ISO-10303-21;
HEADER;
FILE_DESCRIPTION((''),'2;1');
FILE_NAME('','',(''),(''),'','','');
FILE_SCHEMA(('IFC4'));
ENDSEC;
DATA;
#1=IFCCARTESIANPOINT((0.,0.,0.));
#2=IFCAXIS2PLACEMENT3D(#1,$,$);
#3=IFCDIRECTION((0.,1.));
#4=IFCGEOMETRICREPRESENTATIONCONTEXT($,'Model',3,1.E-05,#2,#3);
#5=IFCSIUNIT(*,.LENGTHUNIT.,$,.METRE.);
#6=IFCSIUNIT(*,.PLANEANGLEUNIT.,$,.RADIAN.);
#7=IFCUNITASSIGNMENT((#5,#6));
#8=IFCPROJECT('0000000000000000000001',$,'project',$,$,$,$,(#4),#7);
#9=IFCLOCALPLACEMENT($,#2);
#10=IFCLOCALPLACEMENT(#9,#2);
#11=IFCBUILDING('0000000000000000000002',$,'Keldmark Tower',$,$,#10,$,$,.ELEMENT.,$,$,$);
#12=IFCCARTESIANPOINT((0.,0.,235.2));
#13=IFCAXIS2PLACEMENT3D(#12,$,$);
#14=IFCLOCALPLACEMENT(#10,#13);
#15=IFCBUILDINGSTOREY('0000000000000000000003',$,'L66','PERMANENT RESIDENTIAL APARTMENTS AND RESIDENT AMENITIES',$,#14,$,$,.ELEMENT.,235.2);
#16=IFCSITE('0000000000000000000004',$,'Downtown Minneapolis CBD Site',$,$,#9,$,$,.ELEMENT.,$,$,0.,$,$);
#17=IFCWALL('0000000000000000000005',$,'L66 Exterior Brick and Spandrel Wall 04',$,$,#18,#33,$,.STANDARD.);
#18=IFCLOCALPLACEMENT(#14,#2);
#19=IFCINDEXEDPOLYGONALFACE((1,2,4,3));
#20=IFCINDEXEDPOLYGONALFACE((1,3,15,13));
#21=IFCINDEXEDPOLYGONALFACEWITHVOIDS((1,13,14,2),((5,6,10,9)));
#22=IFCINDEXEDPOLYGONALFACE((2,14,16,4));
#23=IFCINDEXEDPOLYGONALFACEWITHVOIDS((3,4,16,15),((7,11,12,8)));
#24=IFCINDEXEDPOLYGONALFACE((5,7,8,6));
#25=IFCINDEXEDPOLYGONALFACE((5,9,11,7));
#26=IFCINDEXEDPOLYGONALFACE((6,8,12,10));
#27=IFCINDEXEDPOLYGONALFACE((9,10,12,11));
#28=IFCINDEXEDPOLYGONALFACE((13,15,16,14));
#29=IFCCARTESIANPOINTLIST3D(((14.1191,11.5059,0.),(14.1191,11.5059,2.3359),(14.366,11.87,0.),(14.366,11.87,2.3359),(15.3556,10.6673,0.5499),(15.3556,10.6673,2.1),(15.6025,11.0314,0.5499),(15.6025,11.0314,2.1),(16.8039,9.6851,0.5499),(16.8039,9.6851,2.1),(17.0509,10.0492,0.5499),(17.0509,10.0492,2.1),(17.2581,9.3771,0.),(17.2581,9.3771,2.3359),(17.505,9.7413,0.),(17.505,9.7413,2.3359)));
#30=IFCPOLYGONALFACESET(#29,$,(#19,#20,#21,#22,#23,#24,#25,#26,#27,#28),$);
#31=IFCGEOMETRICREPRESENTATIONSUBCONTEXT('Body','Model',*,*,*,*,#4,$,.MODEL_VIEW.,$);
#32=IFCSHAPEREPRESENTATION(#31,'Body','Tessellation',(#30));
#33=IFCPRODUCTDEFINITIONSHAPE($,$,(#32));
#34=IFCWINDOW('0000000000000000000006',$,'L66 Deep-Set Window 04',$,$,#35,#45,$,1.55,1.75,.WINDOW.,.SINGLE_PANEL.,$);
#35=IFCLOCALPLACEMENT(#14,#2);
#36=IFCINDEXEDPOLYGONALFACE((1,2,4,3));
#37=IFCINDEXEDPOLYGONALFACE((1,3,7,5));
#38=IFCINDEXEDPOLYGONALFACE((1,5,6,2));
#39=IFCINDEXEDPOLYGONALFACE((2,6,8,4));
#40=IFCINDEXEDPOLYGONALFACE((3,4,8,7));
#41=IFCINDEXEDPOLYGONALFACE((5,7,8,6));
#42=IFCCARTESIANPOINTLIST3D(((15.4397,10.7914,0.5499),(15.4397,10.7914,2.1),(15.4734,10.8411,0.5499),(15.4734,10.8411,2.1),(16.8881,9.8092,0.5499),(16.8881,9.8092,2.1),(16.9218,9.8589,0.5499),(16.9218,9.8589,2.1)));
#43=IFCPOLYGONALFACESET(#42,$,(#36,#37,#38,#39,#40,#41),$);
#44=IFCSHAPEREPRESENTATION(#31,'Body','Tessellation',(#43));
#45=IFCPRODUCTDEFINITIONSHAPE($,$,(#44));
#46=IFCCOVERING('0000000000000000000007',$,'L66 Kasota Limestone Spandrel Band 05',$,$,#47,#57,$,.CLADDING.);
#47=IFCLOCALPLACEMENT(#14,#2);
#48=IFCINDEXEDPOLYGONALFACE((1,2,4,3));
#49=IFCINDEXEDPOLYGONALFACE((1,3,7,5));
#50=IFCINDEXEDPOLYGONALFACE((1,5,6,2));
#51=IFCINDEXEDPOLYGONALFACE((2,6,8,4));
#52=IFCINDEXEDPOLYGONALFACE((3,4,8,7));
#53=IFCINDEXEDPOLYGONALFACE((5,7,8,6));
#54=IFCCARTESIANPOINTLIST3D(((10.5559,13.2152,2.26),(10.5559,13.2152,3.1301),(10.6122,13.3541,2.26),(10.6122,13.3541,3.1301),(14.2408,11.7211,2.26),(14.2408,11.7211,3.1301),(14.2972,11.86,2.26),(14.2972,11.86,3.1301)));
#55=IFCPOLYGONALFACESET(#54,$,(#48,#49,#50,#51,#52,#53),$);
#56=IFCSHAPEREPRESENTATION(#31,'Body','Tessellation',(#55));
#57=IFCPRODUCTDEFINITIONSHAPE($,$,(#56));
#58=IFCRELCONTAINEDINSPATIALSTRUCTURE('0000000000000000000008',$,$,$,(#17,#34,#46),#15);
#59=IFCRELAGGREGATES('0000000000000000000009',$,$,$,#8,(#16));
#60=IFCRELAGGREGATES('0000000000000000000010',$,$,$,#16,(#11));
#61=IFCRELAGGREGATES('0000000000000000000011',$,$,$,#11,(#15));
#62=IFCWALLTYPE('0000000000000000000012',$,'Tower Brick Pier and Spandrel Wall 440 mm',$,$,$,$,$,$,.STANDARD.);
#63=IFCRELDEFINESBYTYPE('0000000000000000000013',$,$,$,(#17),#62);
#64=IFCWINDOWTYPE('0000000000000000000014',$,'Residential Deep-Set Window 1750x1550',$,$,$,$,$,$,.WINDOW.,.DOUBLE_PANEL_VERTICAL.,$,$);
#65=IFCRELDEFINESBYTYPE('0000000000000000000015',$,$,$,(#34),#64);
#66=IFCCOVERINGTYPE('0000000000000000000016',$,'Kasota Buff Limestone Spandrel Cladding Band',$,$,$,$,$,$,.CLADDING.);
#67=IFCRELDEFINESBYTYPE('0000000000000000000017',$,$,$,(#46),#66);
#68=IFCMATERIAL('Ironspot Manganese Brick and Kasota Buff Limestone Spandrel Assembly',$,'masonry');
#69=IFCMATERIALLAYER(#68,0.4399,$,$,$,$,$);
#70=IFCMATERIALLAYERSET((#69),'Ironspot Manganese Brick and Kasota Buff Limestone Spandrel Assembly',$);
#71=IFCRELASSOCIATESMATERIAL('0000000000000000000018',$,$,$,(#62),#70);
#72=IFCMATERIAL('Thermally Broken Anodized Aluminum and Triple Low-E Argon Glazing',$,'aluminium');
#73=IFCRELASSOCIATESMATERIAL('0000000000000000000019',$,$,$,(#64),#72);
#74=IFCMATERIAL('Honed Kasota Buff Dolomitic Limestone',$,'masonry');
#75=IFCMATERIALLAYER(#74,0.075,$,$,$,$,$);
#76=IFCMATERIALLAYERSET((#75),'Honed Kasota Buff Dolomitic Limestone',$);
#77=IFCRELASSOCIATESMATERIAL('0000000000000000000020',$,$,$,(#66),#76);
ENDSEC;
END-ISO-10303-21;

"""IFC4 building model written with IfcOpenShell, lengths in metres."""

from ifc_helpers import new_model, si_unit, direction, frame, frame_2d, origin, origin_2d, place, context, subcontext, project, spatial, rectangle, extrude, material, layer, layer_set, type_object, element, fill, save


model = new_model("IFC4")

# Units and contexts
model_context = context("Model", 3, precision=1e-05, world=origin(), true_north=direction((0.0, 1.0)))
body_context = subcontext(model_context, "Body", "Model", "MODEL_VIEW")
ifc_project = project(units=[si_unit("LENGTHUNIT", "METRE"), si_unit("PLANEANGLEUNIT", "RADIAN")], contexts=[model_context])

# Site, building, storey
site_placement = place(None, origin())
site = spatial("IfcSite", under=ifc_project, at=site_placement, Name="Downtown Minneapolis CBD Site", CompositionType="ELEMENT", RefElevation=0.0)
building_placement = place(site_placement, origin())
building = spatial("IfcBuilding", under=site, at=building_placement, Name="Keldmark Tower", CompositionType="ELEMENT")
storey_placement = place(building_placement, frame((0.0, 0.0, 235.2)))
storey = spatial("IfcBuildingStorey", under=building, at=storey_placement, Name="L66", Description="PERMANENT RESIDENTIAL APARTMENTS AND RESIDENT AMENITIES", CompositionType="ELEMENT", Elevation=235.2)

# Wall, opening, window
ifc_material_1 = material(Name="Ironspot Manganese Brick and Kasota Buff Limestone Spandrel Assembly", Category="masonry")
ifc_layer_1 = layer(ifc_material_1, 0.4399)
ifc_layer_set_1 = layer_set([ifc_layer_1], Name="Ironspot Manganese Brick and Kasota Buff Limestone Spandrel Assembly")
wall_type = type_object("IfcWallType", Name="Tower Brick Pier and Spandrel Wall 440 mm", PredefinedType="STANDARD", material=ifc_layer_set_1)
ifc_material_2 = material(Name="Thermally Broken Anodized Aluminum and Triple Low-E Argon Glazing", Category="aluminium")
window_type_1 = type_object("IfcWindowType", Name="Residential Deep-Set Window 1750x1550", PartitioningType="DOUBLE_PANEL_VERTICAL", PredefinedType="WINDOW", material=ifc_material_2)
wall_1_placement = place(storey_placement, frame((14.2424, 11.688, 0.0), z_axis=(0.0, 0.0, 1.0), x_axis=(0.827637, -0.561264, 0.0)))
wall_1 = element("IfcWall", 1, at=wall_1_placement, inside=storey, type_object=wall_type, Name="L66 Exterior Brick and Spandrel Wall 04", PredefinedType="STANDARD", context=body_context, shape_type="SweptSolid", body=[
    extrude(rectangle(XDim=3.7927, YDim=0.4399, at=frame_2d((1.8965, 0.0))), origin(), (0.0, 0.0, 1.0), 2.3359),
])
opening_1_placement = place(wall_1_placement, frame((1.4941, 0.0, 0.55)))
opening_1 = element("IfcOpeningElement", 2, at=opening_1_placement, cuts=wall_1, PredefinedType="OPENING", context=body_context, shape_type="SweptSolid", body=[
    extrude(rectangle(XDim=1.75, YDim=1.55, at=frame_2d((0.875, 0.7749))), frame((0.0, 0.23, 0.0), z_axis=(0.0, -1.0, 0.0), x_axis=(1.0, 0.0, 0.0)), (0.0, 0.0, 1.0), 0.46),
])
window_1_placement = place(opening_1_placement, origin())
window_1 = element("IfcWindow", 3, at=window_1_placement, inside=storey, type_object=window_type_1, Name="L66 Deep-Set Window 04", OverallHeight=1.55, OverallWidth=1.75, PartitioningType="SINGLE_PANEL", PredefinedType="WINDOW", context=body_context, shape_type="SweptSolid", body=[
    extrude(rectangle(XDim=1.75, YDim=1.55, at=frame_2d((0.875, 0.7749))), frame((0.0, -0.01, 0.0), z_axis=(0.0, -1.0, 0.0), x_axis=(1.0, 0.0, 0.0)), (0.0, 0.0, 1.0), 0.0601),
])
fill(opening_1, window_1)

# Covering
ifc_material_3 = material(Name="Honed Kasota Buff Dolomitic Limestone", Category="masonry")
ifc_layer_2 = layer(ifc_material_3, 0.075)
ifc_layer_set_2 = layer_set([ifc_layer_2], Name="Honed Kasota Buff Dolomitic Limestone")
covering_type = type_object("IfcCoveringType", Name="Kasota Buff Limestone Spandrel Cladding Band", PredefinedType="CLADDING", material=ifc_layer_set_2)
covering_placement = place(storey_placement, frame((12.4265, 12.5376, 2.26), z_axis=(0.0, 0.0, 1.0), x_axis=(-0.926725, 0.375739, 0.0)))
element("IfcCovering", 4, at=covering_placement, inside=storey, type_object=covering_type, Name="L66 Kasota Limestone Spandrel Band 05", PredefinedType="CLADDING", context=body_context, shape_type="SweptSolid", body=[
    extrude(rectangle(XDim=3.9763, YDim=0.1499, at=origin_2d()), origin(), (0.0, 0.0, 1.0), 0.8701),
])

save(model, "model.ifc")
